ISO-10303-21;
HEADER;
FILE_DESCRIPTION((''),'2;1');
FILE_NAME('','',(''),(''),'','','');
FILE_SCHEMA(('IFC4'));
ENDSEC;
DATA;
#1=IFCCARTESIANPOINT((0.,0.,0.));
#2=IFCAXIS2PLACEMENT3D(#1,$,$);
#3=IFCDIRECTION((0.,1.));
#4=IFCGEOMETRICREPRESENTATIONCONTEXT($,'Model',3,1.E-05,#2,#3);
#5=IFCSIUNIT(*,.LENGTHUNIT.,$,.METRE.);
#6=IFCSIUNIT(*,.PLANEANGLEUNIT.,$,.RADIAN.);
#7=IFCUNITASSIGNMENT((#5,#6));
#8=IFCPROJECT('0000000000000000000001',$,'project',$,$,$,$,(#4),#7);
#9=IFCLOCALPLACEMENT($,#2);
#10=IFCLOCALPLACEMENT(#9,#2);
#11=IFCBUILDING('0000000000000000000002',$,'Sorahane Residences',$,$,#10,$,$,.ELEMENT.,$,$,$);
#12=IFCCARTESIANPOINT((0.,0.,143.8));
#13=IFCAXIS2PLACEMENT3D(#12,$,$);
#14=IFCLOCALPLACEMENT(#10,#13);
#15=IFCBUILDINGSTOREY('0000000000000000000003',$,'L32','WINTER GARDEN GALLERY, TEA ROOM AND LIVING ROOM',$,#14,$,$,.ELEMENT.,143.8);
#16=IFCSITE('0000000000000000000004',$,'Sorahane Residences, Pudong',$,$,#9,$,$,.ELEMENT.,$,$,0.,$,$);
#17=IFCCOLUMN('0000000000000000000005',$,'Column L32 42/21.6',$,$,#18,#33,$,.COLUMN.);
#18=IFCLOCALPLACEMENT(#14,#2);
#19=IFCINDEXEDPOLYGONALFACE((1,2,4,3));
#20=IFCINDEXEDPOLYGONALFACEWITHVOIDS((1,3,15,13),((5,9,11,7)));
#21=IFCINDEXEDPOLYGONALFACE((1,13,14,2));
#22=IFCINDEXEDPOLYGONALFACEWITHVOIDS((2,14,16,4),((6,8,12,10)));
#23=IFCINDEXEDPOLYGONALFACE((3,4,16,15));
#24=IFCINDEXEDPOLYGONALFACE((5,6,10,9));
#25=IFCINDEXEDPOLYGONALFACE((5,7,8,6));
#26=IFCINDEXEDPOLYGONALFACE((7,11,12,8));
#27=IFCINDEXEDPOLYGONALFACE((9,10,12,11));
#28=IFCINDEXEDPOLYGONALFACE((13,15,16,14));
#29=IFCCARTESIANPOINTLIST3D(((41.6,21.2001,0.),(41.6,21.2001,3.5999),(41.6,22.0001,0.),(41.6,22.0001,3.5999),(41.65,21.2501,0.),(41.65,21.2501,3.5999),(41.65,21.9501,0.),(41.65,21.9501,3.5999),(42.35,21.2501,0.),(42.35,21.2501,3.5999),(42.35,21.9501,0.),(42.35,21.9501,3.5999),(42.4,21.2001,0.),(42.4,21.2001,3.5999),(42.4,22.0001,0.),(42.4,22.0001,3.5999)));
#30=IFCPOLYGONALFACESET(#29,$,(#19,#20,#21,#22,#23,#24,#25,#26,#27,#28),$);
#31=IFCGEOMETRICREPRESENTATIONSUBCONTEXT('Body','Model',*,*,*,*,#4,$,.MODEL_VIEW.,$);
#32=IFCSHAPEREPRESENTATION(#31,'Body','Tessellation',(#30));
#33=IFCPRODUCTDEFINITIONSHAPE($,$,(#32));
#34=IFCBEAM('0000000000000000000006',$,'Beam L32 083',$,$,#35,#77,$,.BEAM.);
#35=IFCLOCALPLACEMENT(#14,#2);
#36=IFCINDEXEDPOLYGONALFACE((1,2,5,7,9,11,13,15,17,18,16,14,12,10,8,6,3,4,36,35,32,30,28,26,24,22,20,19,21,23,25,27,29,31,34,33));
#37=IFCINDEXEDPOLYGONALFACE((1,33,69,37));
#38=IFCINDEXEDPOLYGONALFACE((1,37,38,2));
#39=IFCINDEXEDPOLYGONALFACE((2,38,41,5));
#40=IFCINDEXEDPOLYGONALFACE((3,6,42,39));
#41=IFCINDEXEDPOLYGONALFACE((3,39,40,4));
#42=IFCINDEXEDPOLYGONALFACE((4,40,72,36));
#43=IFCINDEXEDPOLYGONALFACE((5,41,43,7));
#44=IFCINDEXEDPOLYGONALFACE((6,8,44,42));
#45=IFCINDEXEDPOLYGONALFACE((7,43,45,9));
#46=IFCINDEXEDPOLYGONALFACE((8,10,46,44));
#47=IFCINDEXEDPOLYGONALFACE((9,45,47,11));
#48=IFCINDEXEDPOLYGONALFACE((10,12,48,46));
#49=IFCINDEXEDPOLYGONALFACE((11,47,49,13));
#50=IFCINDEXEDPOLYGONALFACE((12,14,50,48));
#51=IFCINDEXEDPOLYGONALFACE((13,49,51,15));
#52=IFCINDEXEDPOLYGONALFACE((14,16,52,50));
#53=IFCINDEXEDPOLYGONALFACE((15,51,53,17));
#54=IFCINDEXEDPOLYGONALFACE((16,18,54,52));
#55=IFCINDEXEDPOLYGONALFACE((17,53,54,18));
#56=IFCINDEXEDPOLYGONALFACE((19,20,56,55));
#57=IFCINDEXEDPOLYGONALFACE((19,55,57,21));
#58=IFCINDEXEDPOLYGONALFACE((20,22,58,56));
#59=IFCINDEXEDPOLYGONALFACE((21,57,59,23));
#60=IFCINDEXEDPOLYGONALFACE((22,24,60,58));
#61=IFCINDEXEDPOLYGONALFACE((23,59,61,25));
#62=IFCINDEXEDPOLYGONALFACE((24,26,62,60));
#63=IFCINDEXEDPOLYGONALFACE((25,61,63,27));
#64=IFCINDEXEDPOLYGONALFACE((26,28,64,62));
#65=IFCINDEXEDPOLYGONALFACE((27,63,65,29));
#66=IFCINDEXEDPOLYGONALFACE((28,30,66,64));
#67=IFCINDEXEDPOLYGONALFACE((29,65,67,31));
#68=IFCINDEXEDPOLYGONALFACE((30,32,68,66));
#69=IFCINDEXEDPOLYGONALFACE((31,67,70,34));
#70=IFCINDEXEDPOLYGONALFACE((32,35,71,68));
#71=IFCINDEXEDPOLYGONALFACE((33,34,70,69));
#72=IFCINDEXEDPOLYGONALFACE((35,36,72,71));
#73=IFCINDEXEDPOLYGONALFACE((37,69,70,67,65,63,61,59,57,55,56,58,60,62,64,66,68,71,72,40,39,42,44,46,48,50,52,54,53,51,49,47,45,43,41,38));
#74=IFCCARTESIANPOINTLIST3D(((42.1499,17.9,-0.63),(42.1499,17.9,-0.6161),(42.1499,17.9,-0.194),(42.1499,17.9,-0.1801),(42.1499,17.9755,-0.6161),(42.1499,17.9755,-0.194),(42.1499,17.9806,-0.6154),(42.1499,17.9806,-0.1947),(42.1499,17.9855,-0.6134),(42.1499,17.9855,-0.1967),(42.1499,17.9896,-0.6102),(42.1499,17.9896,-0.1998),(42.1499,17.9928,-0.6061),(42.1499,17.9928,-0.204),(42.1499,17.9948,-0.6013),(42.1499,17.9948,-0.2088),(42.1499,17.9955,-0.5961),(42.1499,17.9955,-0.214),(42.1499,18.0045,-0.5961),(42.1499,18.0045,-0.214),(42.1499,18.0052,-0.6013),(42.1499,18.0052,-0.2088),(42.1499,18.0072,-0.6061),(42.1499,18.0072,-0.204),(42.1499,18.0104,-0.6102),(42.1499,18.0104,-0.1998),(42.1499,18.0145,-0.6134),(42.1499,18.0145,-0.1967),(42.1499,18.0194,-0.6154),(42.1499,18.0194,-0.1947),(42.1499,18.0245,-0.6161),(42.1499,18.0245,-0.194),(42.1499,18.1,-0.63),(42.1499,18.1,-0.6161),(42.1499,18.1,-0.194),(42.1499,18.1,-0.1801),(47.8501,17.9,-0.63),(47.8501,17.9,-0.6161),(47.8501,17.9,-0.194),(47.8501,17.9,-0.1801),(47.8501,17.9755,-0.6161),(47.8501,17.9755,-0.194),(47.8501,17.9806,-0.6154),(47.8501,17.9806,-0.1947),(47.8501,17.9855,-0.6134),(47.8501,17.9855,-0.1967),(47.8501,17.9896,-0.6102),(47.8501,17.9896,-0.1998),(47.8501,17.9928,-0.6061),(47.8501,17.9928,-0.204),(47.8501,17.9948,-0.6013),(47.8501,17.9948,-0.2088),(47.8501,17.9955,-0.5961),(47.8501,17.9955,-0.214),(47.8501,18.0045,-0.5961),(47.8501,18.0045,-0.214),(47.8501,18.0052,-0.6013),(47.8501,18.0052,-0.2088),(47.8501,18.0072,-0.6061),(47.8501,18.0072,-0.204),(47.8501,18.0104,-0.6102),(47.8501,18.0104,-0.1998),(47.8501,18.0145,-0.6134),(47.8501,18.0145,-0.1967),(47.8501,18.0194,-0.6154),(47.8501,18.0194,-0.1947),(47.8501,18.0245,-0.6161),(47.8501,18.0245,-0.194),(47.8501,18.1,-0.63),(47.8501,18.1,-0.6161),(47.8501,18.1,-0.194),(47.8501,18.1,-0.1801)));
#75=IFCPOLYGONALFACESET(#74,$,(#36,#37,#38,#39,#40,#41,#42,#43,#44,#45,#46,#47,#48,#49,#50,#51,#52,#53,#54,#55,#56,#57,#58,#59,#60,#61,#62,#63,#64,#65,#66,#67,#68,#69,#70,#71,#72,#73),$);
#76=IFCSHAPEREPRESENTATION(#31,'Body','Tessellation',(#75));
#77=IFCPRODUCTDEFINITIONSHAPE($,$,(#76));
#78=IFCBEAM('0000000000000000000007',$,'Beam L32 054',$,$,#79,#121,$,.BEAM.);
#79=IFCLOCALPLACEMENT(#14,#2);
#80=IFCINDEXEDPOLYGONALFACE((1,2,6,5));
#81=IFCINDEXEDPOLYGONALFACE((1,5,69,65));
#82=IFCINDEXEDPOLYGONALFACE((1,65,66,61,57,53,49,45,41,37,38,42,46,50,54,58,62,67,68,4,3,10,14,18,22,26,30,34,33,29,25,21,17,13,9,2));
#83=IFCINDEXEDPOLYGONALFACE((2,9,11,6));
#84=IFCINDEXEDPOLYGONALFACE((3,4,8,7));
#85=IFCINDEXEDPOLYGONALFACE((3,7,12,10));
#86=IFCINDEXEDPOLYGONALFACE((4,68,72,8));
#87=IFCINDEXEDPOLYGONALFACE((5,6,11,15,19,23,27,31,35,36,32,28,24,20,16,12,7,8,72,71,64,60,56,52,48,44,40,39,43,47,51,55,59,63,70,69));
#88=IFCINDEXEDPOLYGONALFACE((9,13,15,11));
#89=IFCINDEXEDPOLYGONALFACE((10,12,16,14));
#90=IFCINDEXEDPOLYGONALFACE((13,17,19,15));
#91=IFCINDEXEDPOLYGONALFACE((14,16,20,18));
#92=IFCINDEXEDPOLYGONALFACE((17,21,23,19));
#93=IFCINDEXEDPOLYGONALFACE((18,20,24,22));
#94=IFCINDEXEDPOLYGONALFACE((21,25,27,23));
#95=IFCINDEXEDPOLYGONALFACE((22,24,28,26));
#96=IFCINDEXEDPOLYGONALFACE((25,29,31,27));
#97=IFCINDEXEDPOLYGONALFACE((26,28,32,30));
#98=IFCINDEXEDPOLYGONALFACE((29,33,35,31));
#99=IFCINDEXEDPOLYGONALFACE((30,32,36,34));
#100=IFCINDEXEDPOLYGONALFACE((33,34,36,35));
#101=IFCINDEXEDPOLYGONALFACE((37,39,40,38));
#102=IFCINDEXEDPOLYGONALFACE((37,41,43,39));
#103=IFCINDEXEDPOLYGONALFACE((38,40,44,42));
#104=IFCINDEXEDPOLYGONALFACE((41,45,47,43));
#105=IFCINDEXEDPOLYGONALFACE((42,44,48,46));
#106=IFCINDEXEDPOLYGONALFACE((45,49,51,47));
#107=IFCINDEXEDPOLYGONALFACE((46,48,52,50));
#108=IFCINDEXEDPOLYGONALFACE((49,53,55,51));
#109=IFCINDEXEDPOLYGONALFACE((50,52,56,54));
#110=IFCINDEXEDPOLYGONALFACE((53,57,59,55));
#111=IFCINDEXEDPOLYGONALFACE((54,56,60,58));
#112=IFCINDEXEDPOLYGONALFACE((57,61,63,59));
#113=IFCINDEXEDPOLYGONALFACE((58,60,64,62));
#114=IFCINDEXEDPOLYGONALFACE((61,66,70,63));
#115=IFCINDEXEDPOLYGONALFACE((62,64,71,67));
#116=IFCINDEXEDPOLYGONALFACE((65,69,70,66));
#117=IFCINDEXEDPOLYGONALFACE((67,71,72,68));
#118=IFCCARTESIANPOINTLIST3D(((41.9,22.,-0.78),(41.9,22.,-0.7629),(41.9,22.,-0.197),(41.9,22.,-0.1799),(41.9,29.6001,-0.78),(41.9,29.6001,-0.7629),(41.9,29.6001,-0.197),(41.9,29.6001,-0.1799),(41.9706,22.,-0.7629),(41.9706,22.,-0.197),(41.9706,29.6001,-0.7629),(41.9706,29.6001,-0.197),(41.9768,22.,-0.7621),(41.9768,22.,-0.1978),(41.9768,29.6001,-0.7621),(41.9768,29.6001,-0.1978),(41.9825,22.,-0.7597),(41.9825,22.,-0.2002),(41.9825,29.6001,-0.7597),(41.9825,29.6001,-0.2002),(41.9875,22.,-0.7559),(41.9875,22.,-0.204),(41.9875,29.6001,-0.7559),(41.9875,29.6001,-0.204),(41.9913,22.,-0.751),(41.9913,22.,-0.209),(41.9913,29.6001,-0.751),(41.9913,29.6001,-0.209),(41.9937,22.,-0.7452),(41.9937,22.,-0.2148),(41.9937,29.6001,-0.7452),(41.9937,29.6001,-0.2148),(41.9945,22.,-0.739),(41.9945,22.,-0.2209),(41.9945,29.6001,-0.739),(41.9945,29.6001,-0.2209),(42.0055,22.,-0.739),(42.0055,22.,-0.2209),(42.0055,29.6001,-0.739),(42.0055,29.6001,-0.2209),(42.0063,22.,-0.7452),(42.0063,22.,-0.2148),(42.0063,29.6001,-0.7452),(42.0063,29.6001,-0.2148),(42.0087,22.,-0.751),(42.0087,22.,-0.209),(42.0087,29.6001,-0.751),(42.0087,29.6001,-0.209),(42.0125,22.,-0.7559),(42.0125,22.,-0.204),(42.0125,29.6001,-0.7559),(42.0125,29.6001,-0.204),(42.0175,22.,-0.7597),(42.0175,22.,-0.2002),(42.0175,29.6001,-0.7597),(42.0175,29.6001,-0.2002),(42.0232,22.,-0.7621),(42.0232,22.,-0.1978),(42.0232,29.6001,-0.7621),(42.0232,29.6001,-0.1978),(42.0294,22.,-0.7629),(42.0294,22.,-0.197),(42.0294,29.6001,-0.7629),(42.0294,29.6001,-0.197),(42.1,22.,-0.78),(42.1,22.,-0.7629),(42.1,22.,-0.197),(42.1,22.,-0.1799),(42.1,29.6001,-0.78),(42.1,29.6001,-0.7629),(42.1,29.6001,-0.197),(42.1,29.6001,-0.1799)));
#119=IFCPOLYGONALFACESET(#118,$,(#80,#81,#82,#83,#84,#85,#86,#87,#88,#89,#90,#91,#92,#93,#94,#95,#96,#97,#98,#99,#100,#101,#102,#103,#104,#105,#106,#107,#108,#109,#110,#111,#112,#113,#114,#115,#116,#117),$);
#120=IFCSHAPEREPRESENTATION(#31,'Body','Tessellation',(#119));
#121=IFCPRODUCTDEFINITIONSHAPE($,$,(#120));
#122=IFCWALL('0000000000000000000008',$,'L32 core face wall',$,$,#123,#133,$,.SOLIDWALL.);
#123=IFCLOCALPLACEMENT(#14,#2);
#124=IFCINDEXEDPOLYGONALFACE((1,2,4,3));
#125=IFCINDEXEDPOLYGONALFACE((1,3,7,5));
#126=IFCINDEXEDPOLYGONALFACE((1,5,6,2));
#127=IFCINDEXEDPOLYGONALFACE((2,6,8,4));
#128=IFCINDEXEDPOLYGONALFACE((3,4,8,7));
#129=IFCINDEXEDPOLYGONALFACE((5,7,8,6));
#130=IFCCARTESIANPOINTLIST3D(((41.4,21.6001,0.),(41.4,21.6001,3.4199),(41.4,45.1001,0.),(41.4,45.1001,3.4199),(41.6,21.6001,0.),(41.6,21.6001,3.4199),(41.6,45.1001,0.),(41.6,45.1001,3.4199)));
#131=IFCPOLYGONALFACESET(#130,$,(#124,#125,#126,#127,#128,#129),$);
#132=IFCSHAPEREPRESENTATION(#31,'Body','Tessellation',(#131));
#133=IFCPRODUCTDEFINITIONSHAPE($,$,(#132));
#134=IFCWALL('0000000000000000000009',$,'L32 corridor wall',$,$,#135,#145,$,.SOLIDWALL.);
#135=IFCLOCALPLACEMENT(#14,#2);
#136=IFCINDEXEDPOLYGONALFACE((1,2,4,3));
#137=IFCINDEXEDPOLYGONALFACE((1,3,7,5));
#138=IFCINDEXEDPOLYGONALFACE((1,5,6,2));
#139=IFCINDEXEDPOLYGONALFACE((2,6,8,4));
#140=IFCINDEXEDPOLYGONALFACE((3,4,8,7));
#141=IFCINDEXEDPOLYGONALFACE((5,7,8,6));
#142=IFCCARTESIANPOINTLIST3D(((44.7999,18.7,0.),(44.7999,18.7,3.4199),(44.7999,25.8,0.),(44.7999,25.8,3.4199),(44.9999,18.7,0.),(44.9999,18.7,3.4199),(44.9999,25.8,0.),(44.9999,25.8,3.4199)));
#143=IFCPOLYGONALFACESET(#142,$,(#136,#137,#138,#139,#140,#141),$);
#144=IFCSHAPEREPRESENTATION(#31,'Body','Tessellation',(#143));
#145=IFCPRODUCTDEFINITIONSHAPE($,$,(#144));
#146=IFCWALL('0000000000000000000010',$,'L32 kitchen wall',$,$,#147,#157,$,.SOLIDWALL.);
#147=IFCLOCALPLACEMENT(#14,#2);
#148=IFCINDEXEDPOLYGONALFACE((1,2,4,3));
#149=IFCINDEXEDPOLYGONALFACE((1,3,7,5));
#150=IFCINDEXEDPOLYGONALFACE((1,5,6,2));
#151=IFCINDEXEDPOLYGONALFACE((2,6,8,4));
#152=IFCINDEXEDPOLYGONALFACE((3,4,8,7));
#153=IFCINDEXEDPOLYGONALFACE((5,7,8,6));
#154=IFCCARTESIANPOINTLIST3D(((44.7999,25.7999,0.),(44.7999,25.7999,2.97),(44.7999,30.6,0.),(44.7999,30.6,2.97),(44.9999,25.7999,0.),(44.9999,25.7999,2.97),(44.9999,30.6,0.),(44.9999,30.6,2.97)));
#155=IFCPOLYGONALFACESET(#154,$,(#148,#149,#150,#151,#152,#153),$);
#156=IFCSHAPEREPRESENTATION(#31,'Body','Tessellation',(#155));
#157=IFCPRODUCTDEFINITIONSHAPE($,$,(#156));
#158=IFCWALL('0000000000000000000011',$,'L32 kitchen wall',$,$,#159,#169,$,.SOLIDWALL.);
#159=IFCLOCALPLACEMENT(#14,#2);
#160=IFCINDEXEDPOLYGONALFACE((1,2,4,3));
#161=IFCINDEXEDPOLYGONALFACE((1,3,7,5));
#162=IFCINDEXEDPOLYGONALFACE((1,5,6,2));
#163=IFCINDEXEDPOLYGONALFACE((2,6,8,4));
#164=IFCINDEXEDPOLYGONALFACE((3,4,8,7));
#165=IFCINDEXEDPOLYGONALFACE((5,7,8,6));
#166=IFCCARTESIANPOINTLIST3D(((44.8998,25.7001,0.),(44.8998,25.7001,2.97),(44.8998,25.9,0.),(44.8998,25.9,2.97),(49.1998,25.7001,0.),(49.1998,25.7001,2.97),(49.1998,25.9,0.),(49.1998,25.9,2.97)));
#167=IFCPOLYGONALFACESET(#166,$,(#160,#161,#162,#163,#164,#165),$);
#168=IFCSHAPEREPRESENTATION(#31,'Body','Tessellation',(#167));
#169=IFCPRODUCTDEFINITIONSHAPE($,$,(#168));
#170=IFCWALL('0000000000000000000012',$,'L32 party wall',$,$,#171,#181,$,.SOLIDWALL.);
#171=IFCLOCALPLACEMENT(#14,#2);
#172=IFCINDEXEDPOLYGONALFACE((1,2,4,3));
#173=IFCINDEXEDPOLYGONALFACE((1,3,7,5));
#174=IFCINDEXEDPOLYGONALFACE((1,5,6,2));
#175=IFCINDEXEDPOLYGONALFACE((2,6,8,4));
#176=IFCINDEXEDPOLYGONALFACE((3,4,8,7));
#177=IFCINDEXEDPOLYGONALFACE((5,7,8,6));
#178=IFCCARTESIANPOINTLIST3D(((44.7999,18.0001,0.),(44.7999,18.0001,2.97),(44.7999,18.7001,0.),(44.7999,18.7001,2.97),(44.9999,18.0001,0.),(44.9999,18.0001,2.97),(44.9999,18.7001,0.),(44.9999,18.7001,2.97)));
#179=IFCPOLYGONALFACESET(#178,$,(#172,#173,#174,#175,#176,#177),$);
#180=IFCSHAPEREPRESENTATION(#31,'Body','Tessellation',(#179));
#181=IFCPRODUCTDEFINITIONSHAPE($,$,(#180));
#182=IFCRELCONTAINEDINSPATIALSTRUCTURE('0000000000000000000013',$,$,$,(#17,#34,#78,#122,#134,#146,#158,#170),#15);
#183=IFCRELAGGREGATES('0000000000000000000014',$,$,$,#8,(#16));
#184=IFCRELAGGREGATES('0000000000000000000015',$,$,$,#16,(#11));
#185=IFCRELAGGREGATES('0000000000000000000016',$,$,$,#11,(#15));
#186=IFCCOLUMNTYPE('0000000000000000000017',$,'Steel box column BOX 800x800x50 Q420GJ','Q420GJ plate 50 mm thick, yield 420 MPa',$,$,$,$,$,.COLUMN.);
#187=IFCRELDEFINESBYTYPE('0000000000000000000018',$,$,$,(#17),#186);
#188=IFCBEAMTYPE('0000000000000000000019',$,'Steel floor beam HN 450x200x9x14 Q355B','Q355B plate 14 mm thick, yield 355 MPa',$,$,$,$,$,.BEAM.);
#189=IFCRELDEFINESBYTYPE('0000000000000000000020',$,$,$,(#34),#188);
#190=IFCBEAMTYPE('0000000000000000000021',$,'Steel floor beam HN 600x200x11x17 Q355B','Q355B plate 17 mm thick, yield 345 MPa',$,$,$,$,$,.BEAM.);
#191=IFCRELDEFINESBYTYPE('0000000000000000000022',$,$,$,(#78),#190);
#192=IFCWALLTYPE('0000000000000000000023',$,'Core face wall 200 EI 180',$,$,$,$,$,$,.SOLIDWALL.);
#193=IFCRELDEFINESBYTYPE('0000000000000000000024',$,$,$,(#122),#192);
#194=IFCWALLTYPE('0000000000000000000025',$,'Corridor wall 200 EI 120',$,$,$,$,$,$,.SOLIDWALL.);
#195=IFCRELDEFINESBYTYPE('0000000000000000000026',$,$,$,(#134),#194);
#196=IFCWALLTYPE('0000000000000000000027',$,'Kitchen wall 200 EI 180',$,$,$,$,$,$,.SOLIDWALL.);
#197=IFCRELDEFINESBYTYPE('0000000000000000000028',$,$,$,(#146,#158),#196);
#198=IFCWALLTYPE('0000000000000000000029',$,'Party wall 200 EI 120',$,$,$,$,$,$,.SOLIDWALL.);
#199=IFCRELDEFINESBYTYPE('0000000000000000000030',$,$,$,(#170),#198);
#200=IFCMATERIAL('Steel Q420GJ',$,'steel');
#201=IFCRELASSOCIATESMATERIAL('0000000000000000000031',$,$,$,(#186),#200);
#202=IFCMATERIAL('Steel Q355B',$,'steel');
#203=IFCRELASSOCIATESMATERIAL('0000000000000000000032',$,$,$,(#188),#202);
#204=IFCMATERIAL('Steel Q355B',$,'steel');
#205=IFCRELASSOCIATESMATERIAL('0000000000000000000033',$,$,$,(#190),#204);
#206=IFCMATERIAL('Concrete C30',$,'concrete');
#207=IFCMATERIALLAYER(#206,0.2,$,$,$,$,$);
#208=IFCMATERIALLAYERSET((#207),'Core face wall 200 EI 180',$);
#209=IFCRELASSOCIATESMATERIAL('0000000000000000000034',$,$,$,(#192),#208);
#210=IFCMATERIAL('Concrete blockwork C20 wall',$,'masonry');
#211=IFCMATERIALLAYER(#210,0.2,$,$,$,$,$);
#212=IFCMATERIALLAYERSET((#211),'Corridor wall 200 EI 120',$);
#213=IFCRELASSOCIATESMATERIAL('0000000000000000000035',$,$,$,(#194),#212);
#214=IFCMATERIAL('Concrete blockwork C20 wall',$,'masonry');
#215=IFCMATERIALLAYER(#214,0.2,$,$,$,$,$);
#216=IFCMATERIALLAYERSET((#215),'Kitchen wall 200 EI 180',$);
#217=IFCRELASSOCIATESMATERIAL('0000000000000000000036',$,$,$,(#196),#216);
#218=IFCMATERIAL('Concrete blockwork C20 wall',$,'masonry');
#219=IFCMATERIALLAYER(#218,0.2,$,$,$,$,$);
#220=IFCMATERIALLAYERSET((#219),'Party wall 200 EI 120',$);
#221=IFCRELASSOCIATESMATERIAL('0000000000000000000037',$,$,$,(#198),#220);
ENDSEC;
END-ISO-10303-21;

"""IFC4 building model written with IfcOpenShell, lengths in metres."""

from ifc_helpers import new_model, si_unit, direction, frame, frame_2d, origin, origin_2d, place, context, subcontext, project, spatial, rectangle, hollow_rectangle, i_section, extrude, material, layer, layer_set, material_profile, profile_set, type_object, element, save


model = new_model("IFC4")

# Units and contexts
model_context = context("Model", 3, precision=1e-05, world=origin(), true_north=direction((0.0, 1.0)))
body_context = subcontext(model_context, "Body", "Model", "MODEL_VIEW")
ifc_project = project(units=[si_unit("LENGTHUNIT", "METRE"), si_unit("PLANEANGLEUNIT", "RADIAN")], contexts=[model_context])

# Site, building, storey
site_placement = place(None, origin())
site = spatial("IfcSite", under=ifc_project, at=site_placement, Name="Sorahane Residences, Pudong", CompositionType="ELEMENT", RefElevation=0.0)
building_placement = place(site_placement, origin())
building = spatial("IfcBuilding", under=site, at=building_placement, Name="Sorahane Residences", CompositionType="ELEMENT")
storey_placement = place(building_placement, frame((0.0, 0.0, 143.8)))
storey = spatial("IfcBuildingStorey", under=building, at=storey_placement, Name="L32", Description="WINTER GARDEN GALLERY, TEA ROOM AND LIVING ROOM", CompositionType="ELEMENT", Elevation=143.8)

# Column
ifc_material_1 = material(Name="Steel Q420GJ", Category="steel")
ifc_material_profile_1 = material_profile(ifc_material_1, hollow_rectangle(XDim=0.8, YDim=0.8, WallThickness=0.05, at=origin_2d()), Name="BOX 800x800x50")
ifc_profile_set_1 = profile_set([ifc_material_profile_1], Name="Steel Q420GJ")
column_type = type_object("IfcColumnType", Name="Steel box column BOX 800x800x50 Q420GJ", Description="Q420GJ plate 50 mm thick, yield 420 MPa", PredefinedType="COLUMN", material=ifc_profile_set_1)
column_placement = place(storey_placement, frame((42.0, 21.6001, 0.0), z_axis=(0.0, 0.0, 1.0), x_axis=(1.0, 0.0, 0.0)))
element("IfcColumn", 1, at=column_placement, inside=storey, type_object=column_type, Name="Column L32 42/21.6", PredefinedType="COLUMN", context=body_context, shape_type="SweptSolid", body=[
    extrude(hollow_rectangle(XDim=0.8, YDim=0.8, WallThickness=0.05, at=origin_2d()), origin(), (0.0, 0.0, 1.0), 3.5999),
])

# Beams
ifc_material_2 = material(Name="Steel Q355B", Category="steel")
ifc_material_profile_2 = material_profile(ifc_material_2, i_section(OverallWidth=0.2, OverallDepth=0.45, WebThickness=0.009, FlangeThickness=0.0139, FilletRadius=0.02, at=origin_2d()), Name="HN 450x200x9x14")
ifc_profile_set_2 = profile_set([ifc_material_profile_2], Name="Steel Q355B")
beam_type_1 = type_object("IfcBeamType", Name="Steel floor beam HN 450x200x9x14 Q355B", Description="Q355B plate 14 mm thick, yield 355 MPa", PredefinedType="BEAM", material=ifc_profile_set_2)
beam_1_placement = place(storey_placement, frame((42.1499, 18.0, -0.405), z_axis=(1.0, 0.0, 0.0), x_axis=(0.0, 1.0, 0.0)))
element("IfcBeam", 2, at=beam_1_placement, inside=storey, type_object=beam_type_1, Name="Beam L32 083", PredefinedType="BEAM", context=body_context, shape_type="SweptSolid", body=[
    extrude(i_section(OverallWidth=0.2, OverallDepth=0.45, WebThickness=0.009, FlangeThickness=0.0139, FilletRadius=0.02, at=origin_2d()), origin(), (0.0, 0.0, 1.0), 5.7002),
])
ifc_material_3 = material(Name="Steel Q355B", Category="steel")
ifc_material_profile_3 = material_profile(ifc_material_3, i_section(OverallWidth=0.2, OverallDepth=0.6001, WebThickness=0.011, FlangeThickness=0.0171, FilletRadius=0.0239, at=origin_2d()), Name="HN 600x200x11x17")
ifc_profile_set_3 = profile_set([ifc_material_profile_3], Name="Steel Q355B")
beam_type_2 = type_object("IfcBeamType", Name="Steel floor beam HN 600x200x11x17 Q355B", Description="Q355B plate 17 mm thick, yield 345 MPa", PredefinedType="BEAM", material=ifc_profile_set_3)
beam_2_placement = place(storey_placement, frame((42.0, 22.0, -0.48), z_axis=(0.0, 1.0, 0.0), x_axis=(-1.0, 0.0, 0.0)))
element("IfcBeam", 3, at=beam_2_placement, inside=storey, type_object=beam_type_2, Name="Beam L32 054", PredefinedType="BEAM", context=body_context, shape_type="SweptSolid", body=[
    extrude(i_section(OverallWidth=0.2, OverallDepth=0.6001, WebThickness=0.011, FlangeThickness=0.0171, FilletRadius=0.0239, at=origin_2d()), origin(), (0.0, 0.0, 1.0), 7.6001),
])

# Walls
ifc_material_4 = material(Name="Concrete C30", Category="concrete")
ifc_layer_1 = layer(ifc_material_4, 0.2)
ifc_layer_set_1 = layer_set([ifc_layer_1], Name="Core face wall 200 EI 180")
wall_type_1 = type_object("IfcWallType", Name="Core face wall 200 EI 180", PredefinedType="SOLIDWALL", material=ifc_layer_set_1)
wall_1_placement = place(storey_placement, frame((41.5, 21.6001, 0.0), z_axis=(0.0, 0.0, 1.0), x_axis=(0.0, 1.0, 0.0)))
element("IfcWall", 4, at=wall_1_placement, inside=storey, type_object=wall_type_1, Name="L32 core face wall", PredefinedType="SOLIDWALL", context=body_context, shape_type="SweptSolid", body=[
    extrude(rectangle(XDim=23.5, YDim=0.2, at=frame_2d((11.75, 0.0))), origin(), (0.0, 0.0, 1.0), 3.4199),
])
ifc_material_5 = material(Name="Concrete blockwork C20 wall", Category="masonry")
ifc_layer_2 = layer(ifc_material_5, 0.2)
ifc_layer_set_2 = layer_set([ifc_layer_2], Name="Corridor wall 200 EI 120")
wall_type_2 = type_object("IfcWallType", Name="Corridor wall 200 EI 120", PredefinedType="SOLIDWALL", material=ifc_layer_set_2)
wall_2_placement = place(storey_placement, frame((44.8999, 18.7, 0.0), z_axis=(0.0, 0.0, 1.0), x_axis=(0.0, 1.0, 0.0)))
element("IfcWall", 5, at=wall_2_placement, inside=storey, type_object=wall_type_2, Name="L32 corridor wall", PredefinedType="SOLIDWALL", context=body_context, shape_type="SweptSolid", body=[
    extrude(rectangle(XDim=7.1001, YDim=0.2, at=frame_2d((3.55, 0.0))), origin(), (0.0, 0.0, 1.0), 3.4199),
])
ifc_material_6 = material(Name="Concrete blockwork C20 wall", Category="masonry")
ifc_layer_3 = layer(ifc_material_6, 0.2)
ifc_layer_set_3 = layer_set([ifc_layer_3], Name="Kitchen wall 200 EI 180")
wall_type_3 = type_object("IfcWallType", Name="Kitchen wall 200 EI 180", PredefinedType="SOLIDWALL", material=ifc_layer_set_3)
wall_3_placement = place(storey_placement, frame((44.8999, 25.8, 0.0), z_axis=(0.0, 0.0, 1.0), x_axis=(0.0, 1.0, 0.0)))
element("IfcWall", 6, at=wall_3_placement, inside=storey, type_object=wall_type_3, Name="L32 kitchen wall", PredefinedType="SOLIDWALL", context=body_context, shape_type="SweptSolid", body=[
    extrude(rectangle(XDim=4.8, YDim=0.2, at=frame_2d((2.3999, 0.0))), origin(), (0.0, 0.0, 1.0), 2.97),
])
wall_4_placement = place(storey_placement, frame((44.8999, 25.8, 0.0), z_axis=(0.0, 0.0, 1.0), x_axis=(1.0, 0.0, 0.0)))
element("IfcWall", 7, at=wall_4_placement, inside=storey, type_object=wall_type_3, Name="L32 kitchen wall", PredefinedType="SOLIDWALL", context=body_context, shape_type="SweptSolid", body=[
    extrude(rectangle(XDim=4.3, YDim=0.2, at=frame_2d((2.1499, 0.0))), origin(), (0.0, 0.0, 1.0), 2.97),
])
ifc_material_7 = material(Name="Concrete blockwork C20 wall", Category="masonry")
ifc_layer_4 = layer(ifc_material_7, 0.2)
ifc_layer_set_4 = layer_set([ifc_layer_4], Name="Party wall 200 EI 120")
wall_type_4 = type_object("IfcWallType", Name="Party wall 200 EI 120", PredefinedType="SOLIDWALL", material=ifc_layer_set_4)
wall_5_placement = place(storey_placement, frame((44.8999, 18.0, 0.0), z_axis=(0.0, 0.0, 1.0), x_axis=(0.0, 1.0, 0.0)))
element("IfcWall", 8, at=wall_5_placement, inside=storey, type_object=wall_type_4, Name="L32 party wall", PredefinedType="SOLIDWALL", context=body_context, shape_type="SweptSolid", body=[
    extrude(rectangle(XDim=0.7, YDim=0.2, at=frame_2d((0.3501, 0.0))), origin(), (0.0, 0.0, 1.0), 2.97),
])

save(model, "model.ifc")
